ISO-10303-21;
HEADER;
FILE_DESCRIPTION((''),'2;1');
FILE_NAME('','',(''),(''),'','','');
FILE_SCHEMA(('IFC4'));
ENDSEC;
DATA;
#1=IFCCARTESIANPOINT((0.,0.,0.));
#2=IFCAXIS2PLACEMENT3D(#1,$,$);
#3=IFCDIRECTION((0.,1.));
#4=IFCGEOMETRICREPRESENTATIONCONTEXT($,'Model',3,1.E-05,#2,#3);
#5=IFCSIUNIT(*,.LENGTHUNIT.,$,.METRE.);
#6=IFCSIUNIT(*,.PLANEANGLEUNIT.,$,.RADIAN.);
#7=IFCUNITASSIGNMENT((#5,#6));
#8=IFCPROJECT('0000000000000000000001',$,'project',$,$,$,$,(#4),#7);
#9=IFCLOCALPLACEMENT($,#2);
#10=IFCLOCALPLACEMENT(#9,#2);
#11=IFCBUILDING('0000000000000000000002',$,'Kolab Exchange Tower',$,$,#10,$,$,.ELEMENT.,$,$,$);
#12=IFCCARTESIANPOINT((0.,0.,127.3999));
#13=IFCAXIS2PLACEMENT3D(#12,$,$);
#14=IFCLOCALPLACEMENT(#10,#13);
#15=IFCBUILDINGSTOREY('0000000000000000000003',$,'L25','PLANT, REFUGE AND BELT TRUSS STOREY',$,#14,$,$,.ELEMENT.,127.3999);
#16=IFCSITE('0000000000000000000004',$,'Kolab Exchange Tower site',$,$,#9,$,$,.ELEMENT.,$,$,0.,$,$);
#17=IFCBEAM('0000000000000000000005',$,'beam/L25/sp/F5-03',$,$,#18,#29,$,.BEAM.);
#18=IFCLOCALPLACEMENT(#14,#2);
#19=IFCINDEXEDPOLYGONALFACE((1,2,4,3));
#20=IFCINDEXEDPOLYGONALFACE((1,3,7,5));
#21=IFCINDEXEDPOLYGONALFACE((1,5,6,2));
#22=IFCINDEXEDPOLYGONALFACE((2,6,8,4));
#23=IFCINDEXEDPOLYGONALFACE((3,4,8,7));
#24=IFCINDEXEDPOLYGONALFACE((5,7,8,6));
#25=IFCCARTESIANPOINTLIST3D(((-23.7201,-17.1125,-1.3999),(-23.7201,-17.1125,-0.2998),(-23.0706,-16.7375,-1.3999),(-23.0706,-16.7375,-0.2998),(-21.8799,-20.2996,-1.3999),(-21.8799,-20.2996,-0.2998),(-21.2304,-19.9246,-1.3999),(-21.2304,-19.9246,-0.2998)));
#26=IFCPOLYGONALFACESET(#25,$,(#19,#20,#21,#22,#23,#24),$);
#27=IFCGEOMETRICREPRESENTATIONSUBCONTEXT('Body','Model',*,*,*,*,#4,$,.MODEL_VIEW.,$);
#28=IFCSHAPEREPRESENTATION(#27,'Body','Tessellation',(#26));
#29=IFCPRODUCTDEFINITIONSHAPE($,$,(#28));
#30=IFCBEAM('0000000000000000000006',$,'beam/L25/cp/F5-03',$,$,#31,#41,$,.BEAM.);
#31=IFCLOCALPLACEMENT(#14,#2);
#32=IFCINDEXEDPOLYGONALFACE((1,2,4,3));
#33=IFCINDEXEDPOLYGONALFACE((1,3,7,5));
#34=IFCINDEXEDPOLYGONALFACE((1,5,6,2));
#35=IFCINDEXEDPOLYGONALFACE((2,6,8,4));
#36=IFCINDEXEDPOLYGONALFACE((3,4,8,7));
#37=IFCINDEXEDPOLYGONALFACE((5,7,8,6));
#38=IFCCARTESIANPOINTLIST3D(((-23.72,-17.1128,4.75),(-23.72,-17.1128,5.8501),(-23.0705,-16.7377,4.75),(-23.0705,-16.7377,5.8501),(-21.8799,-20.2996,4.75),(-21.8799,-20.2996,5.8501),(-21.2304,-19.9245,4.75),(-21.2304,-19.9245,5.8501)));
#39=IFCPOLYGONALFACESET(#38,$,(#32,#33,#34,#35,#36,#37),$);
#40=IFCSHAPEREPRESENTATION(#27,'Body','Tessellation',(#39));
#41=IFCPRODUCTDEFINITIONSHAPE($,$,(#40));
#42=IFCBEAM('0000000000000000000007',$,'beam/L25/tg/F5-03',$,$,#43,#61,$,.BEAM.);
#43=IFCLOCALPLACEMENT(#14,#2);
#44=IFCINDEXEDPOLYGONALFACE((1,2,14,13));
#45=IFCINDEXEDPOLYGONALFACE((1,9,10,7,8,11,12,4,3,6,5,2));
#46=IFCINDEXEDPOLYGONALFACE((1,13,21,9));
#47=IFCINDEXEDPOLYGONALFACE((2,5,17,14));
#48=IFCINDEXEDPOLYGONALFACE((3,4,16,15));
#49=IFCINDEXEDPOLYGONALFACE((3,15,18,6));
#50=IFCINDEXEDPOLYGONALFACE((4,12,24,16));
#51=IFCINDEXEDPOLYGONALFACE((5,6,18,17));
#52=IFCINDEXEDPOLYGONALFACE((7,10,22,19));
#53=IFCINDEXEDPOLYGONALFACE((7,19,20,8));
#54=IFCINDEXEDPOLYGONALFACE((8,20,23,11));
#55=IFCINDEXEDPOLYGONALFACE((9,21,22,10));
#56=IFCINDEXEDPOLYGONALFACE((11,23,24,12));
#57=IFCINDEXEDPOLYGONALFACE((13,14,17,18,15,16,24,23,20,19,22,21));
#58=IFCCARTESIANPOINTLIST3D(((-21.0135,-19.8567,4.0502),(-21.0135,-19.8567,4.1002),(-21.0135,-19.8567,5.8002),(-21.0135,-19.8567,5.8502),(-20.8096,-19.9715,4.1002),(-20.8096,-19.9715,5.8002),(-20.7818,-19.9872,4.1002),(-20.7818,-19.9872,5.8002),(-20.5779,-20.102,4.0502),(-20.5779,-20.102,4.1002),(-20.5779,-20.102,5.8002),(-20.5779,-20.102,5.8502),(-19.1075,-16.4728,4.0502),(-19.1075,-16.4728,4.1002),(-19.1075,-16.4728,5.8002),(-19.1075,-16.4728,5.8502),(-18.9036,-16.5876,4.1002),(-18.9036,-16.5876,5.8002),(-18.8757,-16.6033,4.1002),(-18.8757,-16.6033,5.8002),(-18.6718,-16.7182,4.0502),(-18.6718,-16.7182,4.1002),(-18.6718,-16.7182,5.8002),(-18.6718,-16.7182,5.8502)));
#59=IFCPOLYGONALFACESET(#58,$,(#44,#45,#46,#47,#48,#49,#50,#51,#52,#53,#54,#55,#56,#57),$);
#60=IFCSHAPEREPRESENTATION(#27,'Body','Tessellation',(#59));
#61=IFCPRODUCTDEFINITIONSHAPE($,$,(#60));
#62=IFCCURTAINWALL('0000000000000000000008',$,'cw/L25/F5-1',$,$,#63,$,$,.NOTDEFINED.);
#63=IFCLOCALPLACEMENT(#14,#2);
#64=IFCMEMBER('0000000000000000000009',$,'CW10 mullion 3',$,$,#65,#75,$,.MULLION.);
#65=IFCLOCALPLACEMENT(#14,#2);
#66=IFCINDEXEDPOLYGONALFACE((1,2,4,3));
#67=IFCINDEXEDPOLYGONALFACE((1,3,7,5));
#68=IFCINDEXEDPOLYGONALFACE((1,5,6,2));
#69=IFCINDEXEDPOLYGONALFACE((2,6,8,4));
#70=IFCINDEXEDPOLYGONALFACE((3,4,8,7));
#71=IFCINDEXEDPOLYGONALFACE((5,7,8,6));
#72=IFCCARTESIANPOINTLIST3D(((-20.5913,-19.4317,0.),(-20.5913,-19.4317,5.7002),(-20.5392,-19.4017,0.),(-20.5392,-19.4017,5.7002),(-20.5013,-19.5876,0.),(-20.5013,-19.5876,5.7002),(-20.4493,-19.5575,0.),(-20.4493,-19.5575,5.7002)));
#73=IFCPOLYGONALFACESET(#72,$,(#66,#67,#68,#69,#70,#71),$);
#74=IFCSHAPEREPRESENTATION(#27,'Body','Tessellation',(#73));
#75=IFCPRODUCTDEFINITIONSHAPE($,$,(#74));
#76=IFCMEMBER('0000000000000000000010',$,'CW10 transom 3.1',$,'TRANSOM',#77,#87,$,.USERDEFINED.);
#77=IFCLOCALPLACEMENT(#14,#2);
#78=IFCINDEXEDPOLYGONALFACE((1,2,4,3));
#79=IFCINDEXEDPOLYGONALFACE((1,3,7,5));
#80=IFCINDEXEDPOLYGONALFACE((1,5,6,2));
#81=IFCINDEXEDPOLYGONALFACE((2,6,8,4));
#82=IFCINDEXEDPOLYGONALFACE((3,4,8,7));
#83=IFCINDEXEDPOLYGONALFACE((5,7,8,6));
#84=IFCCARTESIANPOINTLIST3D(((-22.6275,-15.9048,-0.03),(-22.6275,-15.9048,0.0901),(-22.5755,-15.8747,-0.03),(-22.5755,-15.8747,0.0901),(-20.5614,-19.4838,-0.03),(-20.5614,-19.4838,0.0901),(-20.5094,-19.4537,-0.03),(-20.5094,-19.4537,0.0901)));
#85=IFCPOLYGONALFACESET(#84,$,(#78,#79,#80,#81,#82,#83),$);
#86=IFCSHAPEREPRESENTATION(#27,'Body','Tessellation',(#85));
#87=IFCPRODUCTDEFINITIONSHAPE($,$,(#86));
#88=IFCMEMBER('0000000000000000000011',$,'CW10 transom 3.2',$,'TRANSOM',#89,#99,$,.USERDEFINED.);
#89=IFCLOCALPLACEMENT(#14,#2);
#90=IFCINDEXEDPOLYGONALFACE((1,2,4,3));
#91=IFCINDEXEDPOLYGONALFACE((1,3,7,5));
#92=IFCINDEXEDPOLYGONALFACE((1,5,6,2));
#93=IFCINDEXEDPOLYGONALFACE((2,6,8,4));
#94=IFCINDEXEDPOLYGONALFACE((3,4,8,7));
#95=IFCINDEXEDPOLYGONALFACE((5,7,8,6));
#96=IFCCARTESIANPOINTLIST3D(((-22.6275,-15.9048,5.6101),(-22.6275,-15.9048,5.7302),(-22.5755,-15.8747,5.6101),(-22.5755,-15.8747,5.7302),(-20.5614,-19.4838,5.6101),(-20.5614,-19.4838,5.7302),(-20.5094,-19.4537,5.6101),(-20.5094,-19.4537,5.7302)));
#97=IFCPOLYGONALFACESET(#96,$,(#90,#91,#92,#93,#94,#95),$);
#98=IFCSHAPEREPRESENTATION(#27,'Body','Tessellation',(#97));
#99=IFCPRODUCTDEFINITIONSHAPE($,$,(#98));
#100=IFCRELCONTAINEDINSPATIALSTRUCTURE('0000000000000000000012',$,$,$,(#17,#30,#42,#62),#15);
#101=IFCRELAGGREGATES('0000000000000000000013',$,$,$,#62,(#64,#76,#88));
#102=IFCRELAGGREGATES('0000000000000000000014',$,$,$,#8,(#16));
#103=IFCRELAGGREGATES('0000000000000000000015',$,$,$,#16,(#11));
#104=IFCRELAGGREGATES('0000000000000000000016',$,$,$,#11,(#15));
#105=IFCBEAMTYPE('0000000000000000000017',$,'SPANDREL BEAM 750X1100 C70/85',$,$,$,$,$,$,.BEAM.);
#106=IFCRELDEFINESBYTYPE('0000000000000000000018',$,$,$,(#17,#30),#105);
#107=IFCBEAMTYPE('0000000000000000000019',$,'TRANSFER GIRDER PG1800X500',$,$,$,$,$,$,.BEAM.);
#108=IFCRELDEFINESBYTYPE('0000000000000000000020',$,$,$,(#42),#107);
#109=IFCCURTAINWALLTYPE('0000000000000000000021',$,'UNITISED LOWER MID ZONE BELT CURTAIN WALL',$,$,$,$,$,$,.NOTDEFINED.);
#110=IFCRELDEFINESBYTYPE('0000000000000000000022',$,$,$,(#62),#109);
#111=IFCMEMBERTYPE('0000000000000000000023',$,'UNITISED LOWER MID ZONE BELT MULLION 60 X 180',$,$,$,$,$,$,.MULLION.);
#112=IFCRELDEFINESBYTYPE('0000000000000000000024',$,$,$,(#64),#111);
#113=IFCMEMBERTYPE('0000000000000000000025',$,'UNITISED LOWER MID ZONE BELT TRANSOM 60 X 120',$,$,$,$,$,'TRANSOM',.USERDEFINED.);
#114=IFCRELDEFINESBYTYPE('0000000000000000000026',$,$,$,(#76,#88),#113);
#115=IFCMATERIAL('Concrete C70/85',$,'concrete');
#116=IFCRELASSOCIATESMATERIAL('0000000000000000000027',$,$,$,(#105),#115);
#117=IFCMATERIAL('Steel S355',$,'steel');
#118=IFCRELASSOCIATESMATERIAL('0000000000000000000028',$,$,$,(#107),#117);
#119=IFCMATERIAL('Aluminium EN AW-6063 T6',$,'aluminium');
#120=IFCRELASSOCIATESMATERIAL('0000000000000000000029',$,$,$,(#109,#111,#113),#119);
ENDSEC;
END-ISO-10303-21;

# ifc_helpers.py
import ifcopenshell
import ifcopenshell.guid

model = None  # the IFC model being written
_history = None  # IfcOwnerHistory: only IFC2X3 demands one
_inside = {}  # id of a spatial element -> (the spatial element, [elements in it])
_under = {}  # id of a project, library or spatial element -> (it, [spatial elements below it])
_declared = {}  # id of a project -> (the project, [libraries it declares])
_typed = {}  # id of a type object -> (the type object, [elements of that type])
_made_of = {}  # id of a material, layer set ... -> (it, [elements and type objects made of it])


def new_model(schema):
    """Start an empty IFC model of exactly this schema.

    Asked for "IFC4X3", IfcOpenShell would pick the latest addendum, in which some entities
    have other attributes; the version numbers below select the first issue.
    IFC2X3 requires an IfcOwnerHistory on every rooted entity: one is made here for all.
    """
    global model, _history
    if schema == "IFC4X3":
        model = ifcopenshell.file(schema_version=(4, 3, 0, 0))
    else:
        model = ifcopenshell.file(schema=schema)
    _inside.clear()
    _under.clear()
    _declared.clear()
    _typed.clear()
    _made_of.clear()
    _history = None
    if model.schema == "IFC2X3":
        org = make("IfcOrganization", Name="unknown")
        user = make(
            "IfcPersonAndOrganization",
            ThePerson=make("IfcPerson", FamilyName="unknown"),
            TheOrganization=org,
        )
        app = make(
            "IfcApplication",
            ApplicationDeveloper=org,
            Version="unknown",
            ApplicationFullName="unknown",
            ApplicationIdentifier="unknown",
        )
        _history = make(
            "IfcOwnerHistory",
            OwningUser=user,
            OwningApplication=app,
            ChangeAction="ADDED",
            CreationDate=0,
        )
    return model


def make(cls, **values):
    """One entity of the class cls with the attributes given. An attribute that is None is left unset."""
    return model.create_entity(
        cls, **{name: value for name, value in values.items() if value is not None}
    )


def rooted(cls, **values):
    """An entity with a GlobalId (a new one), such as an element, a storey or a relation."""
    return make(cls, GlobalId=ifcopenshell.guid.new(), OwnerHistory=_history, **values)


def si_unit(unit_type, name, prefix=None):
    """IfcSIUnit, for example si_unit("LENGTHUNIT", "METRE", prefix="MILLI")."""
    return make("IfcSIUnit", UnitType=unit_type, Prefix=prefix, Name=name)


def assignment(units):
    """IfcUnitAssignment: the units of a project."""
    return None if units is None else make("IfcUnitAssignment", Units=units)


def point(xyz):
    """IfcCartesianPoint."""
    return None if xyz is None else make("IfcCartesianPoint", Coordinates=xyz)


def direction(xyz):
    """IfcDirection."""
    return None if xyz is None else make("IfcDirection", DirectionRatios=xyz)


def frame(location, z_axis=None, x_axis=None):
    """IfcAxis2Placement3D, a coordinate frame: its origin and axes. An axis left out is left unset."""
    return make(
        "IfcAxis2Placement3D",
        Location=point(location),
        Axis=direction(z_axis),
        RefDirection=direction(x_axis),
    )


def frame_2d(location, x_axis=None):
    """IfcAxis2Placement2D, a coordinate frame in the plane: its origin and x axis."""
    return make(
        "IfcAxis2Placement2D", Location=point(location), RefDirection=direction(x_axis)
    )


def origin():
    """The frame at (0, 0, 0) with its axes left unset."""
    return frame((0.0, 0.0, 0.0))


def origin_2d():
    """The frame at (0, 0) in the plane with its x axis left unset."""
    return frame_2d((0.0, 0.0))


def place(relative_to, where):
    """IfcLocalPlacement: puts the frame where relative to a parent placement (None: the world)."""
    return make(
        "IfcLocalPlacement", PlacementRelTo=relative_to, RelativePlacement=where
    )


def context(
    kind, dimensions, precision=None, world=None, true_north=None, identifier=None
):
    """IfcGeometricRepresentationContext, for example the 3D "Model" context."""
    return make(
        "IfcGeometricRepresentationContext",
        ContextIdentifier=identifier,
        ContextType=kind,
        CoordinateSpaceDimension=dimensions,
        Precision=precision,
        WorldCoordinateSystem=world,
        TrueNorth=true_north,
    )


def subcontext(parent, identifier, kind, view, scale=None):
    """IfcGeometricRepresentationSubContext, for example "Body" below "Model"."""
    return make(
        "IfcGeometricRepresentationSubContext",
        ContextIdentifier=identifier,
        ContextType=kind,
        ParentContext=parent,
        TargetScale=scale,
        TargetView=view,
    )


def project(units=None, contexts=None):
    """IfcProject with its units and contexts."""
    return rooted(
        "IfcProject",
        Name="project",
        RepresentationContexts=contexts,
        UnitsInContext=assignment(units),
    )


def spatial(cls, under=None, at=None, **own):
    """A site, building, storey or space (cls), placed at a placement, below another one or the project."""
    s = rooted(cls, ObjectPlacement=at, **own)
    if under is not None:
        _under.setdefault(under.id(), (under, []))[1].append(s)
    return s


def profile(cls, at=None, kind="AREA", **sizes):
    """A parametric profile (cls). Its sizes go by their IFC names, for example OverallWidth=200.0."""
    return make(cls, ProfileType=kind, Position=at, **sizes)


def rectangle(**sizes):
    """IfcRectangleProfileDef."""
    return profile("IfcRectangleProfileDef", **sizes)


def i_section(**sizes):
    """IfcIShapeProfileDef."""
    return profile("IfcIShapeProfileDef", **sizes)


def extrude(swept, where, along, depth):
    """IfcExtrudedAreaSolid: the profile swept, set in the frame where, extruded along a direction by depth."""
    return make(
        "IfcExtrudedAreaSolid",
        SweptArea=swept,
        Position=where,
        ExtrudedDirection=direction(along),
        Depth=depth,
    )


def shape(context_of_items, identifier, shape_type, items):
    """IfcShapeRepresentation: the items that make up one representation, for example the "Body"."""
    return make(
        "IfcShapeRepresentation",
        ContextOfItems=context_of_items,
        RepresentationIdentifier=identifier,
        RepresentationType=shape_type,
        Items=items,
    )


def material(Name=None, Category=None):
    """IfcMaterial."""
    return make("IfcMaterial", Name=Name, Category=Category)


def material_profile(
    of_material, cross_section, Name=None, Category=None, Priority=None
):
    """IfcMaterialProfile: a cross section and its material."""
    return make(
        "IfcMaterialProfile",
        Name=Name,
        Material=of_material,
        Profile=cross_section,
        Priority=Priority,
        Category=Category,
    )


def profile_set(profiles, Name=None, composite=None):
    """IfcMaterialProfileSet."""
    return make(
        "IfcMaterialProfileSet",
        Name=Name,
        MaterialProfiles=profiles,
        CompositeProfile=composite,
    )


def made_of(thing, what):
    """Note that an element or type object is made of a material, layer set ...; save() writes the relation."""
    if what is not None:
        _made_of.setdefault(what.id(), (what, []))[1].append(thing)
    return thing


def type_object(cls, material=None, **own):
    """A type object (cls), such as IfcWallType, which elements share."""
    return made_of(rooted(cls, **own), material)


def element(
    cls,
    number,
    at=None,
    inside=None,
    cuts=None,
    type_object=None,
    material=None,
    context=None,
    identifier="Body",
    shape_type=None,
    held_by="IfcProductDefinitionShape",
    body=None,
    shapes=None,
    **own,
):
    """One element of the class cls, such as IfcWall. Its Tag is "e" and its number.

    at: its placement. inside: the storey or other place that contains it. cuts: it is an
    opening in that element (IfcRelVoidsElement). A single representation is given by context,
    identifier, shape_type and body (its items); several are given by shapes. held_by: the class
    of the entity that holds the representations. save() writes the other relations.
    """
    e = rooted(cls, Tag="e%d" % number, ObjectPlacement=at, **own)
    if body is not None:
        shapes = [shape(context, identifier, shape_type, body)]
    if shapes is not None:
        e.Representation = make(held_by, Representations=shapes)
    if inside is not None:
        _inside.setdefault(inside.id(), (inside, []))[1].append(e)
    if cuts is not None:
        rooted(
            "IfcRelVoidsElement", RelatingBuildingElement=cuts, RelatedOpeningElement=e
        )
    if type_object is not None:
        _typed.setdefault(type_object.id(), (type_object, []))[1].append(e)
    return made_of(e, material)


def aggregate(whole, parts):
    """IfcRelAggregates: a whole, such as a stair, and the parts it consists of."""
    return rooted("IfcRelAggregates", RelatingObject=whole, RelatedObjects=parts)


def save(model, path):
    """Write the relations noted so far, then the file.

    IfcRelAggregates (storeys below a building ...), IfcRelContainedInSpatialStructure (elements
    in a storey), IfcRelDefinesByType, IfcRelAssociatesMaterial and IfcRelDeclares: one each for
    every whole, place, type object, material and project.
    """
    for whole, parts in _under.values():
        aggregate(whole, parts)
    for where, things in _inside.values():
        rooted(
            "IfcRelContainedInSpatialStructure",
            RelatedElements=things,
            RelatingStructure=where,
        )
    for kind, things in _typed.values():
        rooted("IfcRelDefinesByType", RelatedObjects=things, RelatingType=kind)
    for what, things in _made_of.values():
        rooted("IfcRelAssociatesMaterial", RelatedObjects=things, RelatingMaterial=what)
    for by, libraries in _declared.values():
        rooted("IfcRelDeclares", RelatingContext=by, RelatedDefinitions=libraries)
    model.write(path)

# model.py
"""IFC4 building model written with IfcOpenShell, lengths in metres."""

from ifc_helpers import new_model, si_unit, direction, frame, origin, origin_2d, place, context, subcontext, project, spatial, rectangle, i_section, extrude, material, material_profile, profile_set, type_object, element, aggregate, save


model = new_model("IFC4")

# Units and contexts
model_context = context("Model", 3, precision=1e-05, world=origin(), true_north=direction((0.0, 1.0)))
body_context = subcontext(model_context, "Body", "Model", "MODEL_VIEW")
ifc_project = project(units=[si_unit("LENGTHUNIT", "METRE"), si_unit("PLANEANGLEUNIT", "RADIAN")], contexts=[model_context])

# Site, building, storey
site_placement = place(None, origin())
site = spatial("IfcSite", under=ifc_project, at=site_placement, Name="Kolab Exchange Tower site", CompositionType="ELEMENT", RefElevation=0.0)
building_placement = place(site_placement, origin())
building = spatial("IfcBuilding", under=site, at=building_placement, Name="Kolab Exchange Tower", CompositionType="ELEMENT")
storey_placement = place(building_placement, frame((0.0, 0.0, 127.3999)))
storey = spatial("IfcBuildingStorey", under=building, at=storey_placement, Name="L25", Description="PLANT, REFUGE AND BELT TRUSS STOREY", CompositionType="ELEMENT", Elevation=127.3999)

# Shared definitions
ifc_material_1 = material(Name="Concrete C70/85", Category="concrete")

# Shared definitions
ifc_material_2 = material(Name="Steel S355", Category="steel")

# Beams
ifc_material_profile_1 = material_profile(ifc_material_1, rectangle(XDim=0.75, YDim=1.1001, at=origin_2d()), Name="RC750X1100")
ifc_profile_set_1 = profile_set([ifc_material_profile_1], Name="Concrete C70/85")
beam_type_1 = type_object("IfcBeamType", Name="SPANDREL BEAM 750X1100 C70/85", PredefinedType="BEAM", material=ifc_profile_set_1)
beam_1_placement = place(storey_placement, frame((-21.5552, -20.1121, -0.8499), z_axis=(-0.500013, 0.866018, 0.0), x_axis=(-0.866018, -0.500013, 0.0)))
element("IfcBeam", 1, at=beam_1_placement, inside=storey, type_object=beam_type_1, Name="beam/L25/sp/F5-03", PredefinedType="BEAM", context=body_context, shape_type="SweptSolid", body=[
    extrude(rectangle(XDim=0.75, YDim=1.1001, at=origin_2d()), origin(), (0.0, 0.0, 1.0), 3.6802),
])
beam_2_placement = place(storey_placement, frame((-21.5552, -20.1121, 5.3), z_axis=(-0.500042, 0.866001, 0.0), x_axis=(-0.866001, -0.500042, 0.0)))
element("IfcBeam", 2, at=beam_2_placement, inside=storey, type_object=beam_type_1, Name="beam/L25/cp/F5-03", PredefinedType="BEAM", context=body_context, shape_type="SweptSolid", body=[
    extrude(rectangle(XDim=0.75, YDim=1.1001, at=origin_2d()), origin(), (0.0, 0.0, 1.0), 3.6799),
])
ifc_material_profile_2 = material_profile(ifc_material_2, i_section(OverallWidth=0.5, OverallDepth=1.8, WebThickness=0.032, FlangeThickness=0.05, at=origin_2d()), Name="PG1800X500")
ifc_profile_set_2 = profile_set([ifc_material_profile_2], Name="Steel S355")
beam_type_2 = type_object("IfcBeamType", Name="TRANSFER GIRDER PG1800X500", PredefinedType="BEAM", material=ifc_profile_set_2)
beam_3_placement = place(storey_placement, frame((-18.8896, -16.5955, 4.9502), z_axis=(-0.490775, -0.871287, 0.0), x_axis=(0.871287, -0.490775, 0.0)))
element("IfcBeam", 3, at=beam_3_placement, inside=storey, type_object=beam_type_2, Name="beam/L25/tg/F5-03", PredefinedType="BEAM", context=body_context, shape_type="SweptSolid", body=[
    extrude(i_section(OverallWidth=0.5, OverallDepth=1.8, WebThickness=0.032, FlangeThickness=0.05, at=origin_2d()), origin(), (0.0, 0.0, 1.0), 3.8838),
])

# Curtain wall, members
ifc_material_3 = material(Name="Aluminium EN AW-6063 T6", Category="aluminium")
curtain_wall_type = type_object("IfcCurtainWallType", Name="UNITISED LOWER MID ZONE BELT CURTAIN WALL", PredefinedType="NOTDEFINED", material=ifc_material_3)
curtain_wall_placement = place(storey_placement, origin())
curtain_wall = element("IfcCurtainWall", 4, at=curtain_wall_placement, inside=storey, type_object=curtain_wall_type, Name="cw/L25/F5-1", PredefinedType="NOTDEFINED")
ifc_material_profile_3 = material_profile(ifc_material_3, rectangle(XDim=0.0601, YDim=0.1799, at=origin_2d()), Name="RECT 60X180")
ifc_profile_set_3 = profile_set([ifc_material_profile_3], Name="Aluminium EN AW-6063 T6")
member_type_1 = type_object("IfcMemberType", Name="UNITISED LOWER MID ZONE BELT MULLION 60 X 180", PredefinedType="MULLION", material=ifc_profile_set_3)
member_1_placement = place(storey_placement, frame((-20.5203, -19.4946, 0.0), z_axis=(0.0, 0.0, 1.0), x_axis=(-0.866025, -0.5, 0.0)))
member_1 = element("IfcMember", 5, at=member_1_placement, type_object=member_type_1, Name="CW10 mullion 3", PredefinedType="MULLION", context=body_context, shape_type="SweptSolid", body=[
    extrude(rectangle(XDim=0.0601, YDim=0.1799, at=origin_2d()), origin(), (0.0, 0.0, 1.0), 5.7002),
])
ifc_material_profile_4 = material_profile(ifc_material_3, rectangle(XDim=0.0601, YDim=0.1201, at=origin_2d()), Name="RECT 60X120")
ifc_profile_set_4 = profile_set([ifc_material_profile_4], Name="Aluminium EN AW-6063 T6")
member_type_2 = type_object("IfcMemberType", Name="UNITISED LOWER MID ZONE BELT TRANSOM 60 X 120", ElementType="TRANSOM", PredefinedType="USERDEFINED", material=ifc_profile_set_4)
member_2_placement = place(storey_placement, frame((-20.5354, -19.4688, 0.03), z_axis=(-0.499958, 0.86605, 0.0), x_axis=(-0.86605, -0.499958, 0.0)))
member_2 = element("IfcMember", 6, at=member_2_placement, type_object=member_type_2, Name="CW10 transom 3.1", ObjectType="TRANSOM", PredefinedType="USERDEFINED", context=body_context, shape_type="SweptSolid", body=[
    extrude(rectangle(XDim=0.0601, YDim=0.1201, at=origin_2d()), origin(), (0.0, 0.0, 1.0), 4.1326),
])
member_3_placement = place(storey_placement, frame((-20.5354, -19.4688, 5.6702), z_axis=(-0.499958, 0.86605, 0.0), x_axis=(-0.86605, -0.499958, 0.0)))
member_3 = element("IfcMember", 7, at=member_3_placement, type_object=member_type_2, Name="CW10 transom 3.2", ObjectType="TRANSOM", PredefinedType="USERDEFINED", context=body_context, shape_type="SweptSolid", body=[
    extrude(rectangle(XDim=0.0601, YDim=0.1201, at=origin_2d()), origin(), (0.0, 0.0, 1.0), 4.1326),
])
aggregate(curtain_wall, [member_1, member_2, member_3])

save(model, "model.ifc")
